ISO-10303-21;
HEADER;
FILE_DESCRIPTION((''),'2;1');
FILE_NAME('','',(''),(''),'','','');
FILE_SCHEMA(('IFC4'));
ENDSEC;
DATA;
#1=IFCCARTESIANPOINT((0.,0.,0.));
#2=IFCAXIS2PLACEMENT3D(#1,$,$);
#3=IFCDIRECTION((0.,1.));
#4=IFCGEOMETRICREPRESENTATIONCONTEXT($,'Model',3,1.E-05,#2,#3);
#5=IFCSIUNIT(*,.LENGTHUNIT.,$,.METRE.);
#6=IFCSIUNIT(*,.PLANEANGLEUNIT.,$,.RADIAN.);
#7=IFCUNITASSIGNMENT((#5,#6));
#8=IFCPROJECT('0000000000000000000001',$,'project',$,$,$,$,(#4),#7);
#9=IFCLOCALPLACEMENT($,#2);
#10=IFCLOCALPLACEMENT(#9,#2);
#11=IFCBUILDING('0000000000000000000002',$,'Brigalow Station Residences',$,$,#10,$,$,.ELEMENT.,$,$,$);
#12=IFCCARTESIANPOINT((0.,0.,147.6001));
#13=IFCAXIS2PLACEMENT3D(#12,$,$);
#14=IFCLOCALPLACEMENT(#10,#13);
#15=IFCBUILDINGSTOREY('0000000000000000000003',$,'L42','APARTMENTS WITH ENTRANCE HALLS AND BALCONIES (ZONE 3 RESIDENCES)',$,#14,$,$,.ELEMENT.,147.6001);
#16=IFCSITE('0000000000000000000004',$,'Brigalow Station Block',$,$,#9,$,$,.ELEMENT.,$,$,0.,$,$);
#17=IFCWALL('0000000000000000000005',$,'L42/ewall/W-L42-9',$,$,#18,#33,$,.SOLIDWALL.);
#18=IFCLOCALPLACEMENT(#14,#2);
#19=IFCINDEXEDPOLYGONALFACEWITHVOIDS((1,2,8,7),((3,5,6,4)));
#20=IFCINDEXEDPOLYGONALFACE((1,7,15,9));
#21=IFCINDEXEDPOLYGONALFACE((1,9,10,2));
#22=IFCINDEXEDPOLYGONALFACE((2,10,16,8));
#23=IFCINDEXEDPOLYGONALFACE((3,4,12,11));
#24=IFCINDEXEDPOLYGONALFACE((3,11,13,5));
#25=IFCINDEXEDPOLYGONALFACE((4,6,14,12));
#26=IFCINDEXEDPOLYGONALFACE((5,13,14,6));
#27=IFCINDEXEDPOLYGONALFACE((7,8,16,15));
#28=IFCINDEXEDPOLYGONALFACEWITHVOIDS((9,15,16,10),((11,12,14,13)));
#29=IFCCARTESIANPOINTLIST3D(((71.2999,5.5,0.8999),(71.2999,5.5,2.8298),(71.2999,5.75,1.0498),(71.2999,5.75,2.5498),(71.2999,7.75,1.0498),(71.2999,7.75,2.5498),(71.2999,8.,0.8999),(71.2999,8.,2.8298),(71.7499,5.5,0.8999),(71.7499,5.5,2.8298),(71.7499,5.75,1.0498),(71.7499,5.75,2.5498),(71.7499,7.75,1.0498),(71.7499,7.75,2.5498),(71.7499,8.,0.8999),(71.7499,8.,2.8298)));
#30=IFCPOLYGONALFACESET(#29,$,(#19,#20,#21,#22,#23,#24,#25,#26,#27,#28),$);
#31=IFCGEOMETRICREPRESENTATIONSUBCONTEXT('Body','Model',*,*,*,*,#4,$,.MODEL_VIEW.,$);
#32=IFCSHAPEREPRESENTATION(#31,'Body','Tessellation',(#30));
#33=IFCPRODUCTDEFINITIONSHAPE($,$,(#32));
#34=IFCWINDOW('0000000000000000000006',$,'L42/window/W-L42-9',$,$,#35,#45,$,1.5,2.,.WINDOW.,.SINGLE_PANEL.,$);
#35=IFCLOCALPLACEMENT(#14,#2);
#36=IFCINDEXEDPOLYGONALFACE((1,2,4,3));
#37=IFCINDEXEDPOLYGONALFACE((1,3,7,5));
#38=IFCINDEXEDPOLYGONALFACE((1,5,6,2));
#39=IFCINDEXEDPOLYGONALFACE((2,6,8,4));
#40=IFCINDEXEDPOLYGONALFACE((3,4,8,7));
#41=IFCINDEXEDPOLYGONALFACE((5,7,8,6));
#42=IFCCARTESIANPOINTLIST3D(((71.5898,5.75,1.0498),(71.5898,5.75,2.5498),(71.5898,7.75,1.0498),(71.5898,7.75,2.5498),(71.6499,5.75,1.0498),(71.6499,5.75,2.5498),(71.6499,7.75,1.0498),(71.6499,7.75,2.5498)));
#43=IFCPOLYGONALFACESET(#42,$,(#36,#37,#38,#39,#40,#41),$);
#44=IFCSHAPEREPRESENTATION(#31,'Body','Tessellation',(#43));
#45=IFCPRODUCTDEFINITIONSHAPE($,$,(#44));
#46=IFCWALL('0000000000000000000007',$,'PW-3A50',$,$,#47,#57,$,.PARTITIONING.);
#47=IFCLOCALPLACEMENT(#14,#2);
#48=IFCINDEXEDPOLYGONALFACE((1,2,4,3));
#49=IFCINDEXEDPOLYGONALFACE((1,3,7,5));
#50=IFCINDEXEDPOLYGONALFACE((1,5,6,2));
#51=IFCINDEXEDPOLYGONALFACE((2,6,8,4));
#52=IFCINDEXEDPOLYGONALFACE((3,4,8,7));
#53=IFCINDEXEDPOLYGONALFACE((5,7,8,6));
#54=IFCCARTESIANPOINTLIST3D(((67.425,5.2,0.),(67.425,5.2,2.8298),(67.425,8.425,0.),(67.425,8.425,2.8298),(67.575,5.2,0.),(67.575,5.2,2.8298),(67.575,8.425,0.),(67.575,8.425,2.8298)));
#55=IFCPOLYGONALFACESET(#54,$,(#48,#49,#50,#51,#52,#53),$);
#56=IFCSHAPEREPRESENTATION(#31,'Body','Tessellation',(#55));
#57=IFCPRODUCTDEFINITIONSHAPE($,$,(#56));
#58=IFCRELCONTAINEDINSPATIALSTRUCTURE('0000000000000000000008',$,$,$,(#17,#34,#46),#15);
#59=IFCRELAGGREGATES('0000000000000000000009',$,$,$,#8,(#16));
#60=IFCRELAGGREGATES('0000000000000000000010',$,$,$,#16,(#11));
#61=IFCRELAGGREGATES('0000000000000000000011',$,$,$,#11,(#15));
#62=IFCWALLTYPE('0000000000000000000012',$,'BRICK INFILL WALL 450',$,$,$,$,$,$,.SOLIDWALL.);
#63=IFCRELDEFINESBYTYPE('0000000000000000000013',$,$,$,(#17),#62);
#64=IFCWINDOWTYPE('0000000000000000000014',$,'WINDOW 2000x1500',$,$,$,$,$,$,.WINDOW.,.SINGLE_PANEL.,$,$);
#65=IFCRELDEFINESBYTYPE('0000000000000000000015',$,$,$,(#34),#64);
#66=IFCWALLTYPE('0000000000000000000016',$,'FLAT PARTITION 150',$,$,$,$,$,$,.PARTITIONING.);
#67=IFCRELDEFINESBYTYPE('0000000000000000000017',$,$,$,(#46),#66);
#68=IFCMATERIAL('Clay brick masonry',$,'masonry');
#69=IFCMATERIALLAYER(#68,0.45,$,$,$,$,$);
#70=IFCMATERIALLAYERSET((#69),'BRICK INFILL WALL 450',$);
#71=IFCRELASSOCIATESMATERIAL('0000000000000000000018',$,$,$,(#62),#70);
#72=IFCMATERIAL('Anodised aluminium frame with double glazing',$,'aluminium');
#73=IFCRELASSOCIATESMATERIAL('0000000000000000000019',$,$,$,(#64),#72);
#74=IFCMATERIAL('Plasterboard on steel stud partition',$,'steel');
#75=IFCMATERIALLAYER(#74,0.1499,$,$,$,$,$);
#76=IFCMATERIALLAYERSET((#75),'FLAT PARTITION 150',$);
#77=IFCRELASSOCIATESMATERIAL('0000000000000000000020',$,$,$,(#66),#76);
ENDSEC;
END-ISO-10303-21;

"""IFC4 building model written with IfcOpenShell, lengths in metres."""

from ifc_helpers import new_model, si_unit, direction, frame, frame_2d, origin, place, context, subcontext, project, spatial, rectangle, extrude, material, layer, layer_set, type_object, element, fill, save


model = new_model("IFC4")

# Units and contexts
model_context = context("Model", 3, precision=1e-05, world=origin(), true_north=direction((0.0, 1.0)))
body_context = subcontext(model_context, "Body", "Model", "MODEL_VIEW")
ifc_project = project(units=[si_unit("LENGTHUNIT", "METRE"), si_unit("PLANEANGLEUNIT", "RADIAN")], contexts=[model_context])

# Site, building, storey
site_placement = place(None, origin())
site = spatial("IfcSite", under=ifc_project, at=site_placement, Name="Brigalow Station Block", CompositionType="ELEMENT", RefElevation=0.0)
building_placement = place(site_placement, origin())
building = spatial("IfcBuilding", under=site, at=building_placement, Name="Brigalow Station Residences", CompositionType="ELEMENT")
storey_placement = place(building_placement, frame((0.0, 0.0, 147.6001)))
storey = spatial("IfcBuildingStorey", under=building, at=storey_placement, Name="L42", Description="APARTMENTS WITH ENTRANCE HALLS AND BALCONIES (ZONE 3 RESIDENCES)", CompositionType="ELEMENT", Elevation=147.6001)

# Wall, opening, window
ifc_material_1 = material(Name="Clay brick masonry", Category="masonry")
ifc_layer_1 = layer(ifc_material_1, 0.45)
ifc_layer_set_1 = layer_set([ifc_layer_1], Name="BRICK INFILL WALL 450")
wall_type_1 = type_object("IfcWallType", Name="BRICK INFILL WALL 450", PredefinedType="SOLIDWALL", material=ifc_layer_set_1)
wall_1_placement = place(storey_placement, frame((71.5249, 5.5, 0.8999), z_axis=(0.0, 0.0, 1.0), x_axis=(0.0, 1.0, 0.0)))
wall_1 = element("IfcWall", 1, at=wall_1_placement, inside=storey, type_object=wall_type_1, Name="L42/ewall/W-L42-9", PredefinedType="SOLIDWALL", context=body_context, shape_type="SweptSolid", body=[
    extrude(rectangle(XDim=2.5, YDim=0.45, at=frame_2d((1.25, 0.0))), origin(), (0.0, 0.0, 1.0), 1.9299),
])
opening_1_placement = place(wall_1_placement, frame((0.25, 0.0, 0.1499)))
opening_1 = element("IfcOpeningElement", 2, at=opening_1_placement, cuts=wall_1, PredefinedType="OPENING", context=body_context, shape_type="SweptSolid", body=[
    extrude(rectangle(XDim=2.0, YDim=1.5, at=frame_2d((1.0, 0.75))), frame((0.0, 0.2349, 0.0), z_axis=(0.0, -1.0, 0.0), x_axis=(1.0, 0.0, 0.0)), (0.0, 0.0, 1.0), 0.47),
])
ifc_material_2 = material(Name="Anodised aluminium frame with double glazing", Category="aluminium")
window_type_1 = type_object("IfcWindowType", Name="WINDOW 2000x1500", PartitioningType="SINGLE_PANEL", PredefinedType="WINDOW", material=ifc_material_2)
window_1_placement = place(opening_1_placement, origin())
window_1 = element("IfcWindow", 3, at=window_1_placement, inside=storey, type_object=window_type_1, Name="L42/window/W-L42-9", OverallHeight=1.5, OverallWidth=2.0, PartitioningType="SINGLE_PANEL", PredefinedType="WINDOW", context=body_context, shape_type="SweptSolid", body=[
    extrude(rectangle(XDim=2.0, YDim=1.5, at=frame_2d((1.0, 0.75))), frame((0.0, -0.0649, 0.0), z_axis=(0.0, -1.0, 0.0), x_axis=(1.0, 0.0, 0.0)), (0.0, 0.0, 1.0), 0.0601),
])
fill(opening_1, window_1)

# Wall
ifc_material_3 = material(Name="Plasterboard on steel stud partition", Category="steel")
ifc_layer_2 = layer(ifc_material_3, 0.1499)
ifc_layer_set_2 = layer_set([ifc_layer_2], Name="FLAT PARTITION 150")
wall_type_2 = type_object("IfcWallType", Name="FLAT PARTITION 150", PredefinedType="PARTITIONING", material=ifc_layer_set_2)
wall_2_placement = place(storey_placement, frame((67.5, 5.2, 0.0), z_axis=(0.0, 0.0, 1.0), x_axis=(0.0, 1.0, 0.0)))
element("IfcWall", 4, at=wall_2_placement, inside=storey, type_object=wall_type_2, Name="PW-3A50", PredefinedType="PARTITIONING", context=body_context, shape_type="SweptSolid", body=[
    extrude(rectangle(XDim=3.2251, YDim=0.1499, at=frame_2d((1.6125, 0.0))), origin(), (0.0, 0.0, 1.0), 2.8298),
])

save(model, "model.ifc")
